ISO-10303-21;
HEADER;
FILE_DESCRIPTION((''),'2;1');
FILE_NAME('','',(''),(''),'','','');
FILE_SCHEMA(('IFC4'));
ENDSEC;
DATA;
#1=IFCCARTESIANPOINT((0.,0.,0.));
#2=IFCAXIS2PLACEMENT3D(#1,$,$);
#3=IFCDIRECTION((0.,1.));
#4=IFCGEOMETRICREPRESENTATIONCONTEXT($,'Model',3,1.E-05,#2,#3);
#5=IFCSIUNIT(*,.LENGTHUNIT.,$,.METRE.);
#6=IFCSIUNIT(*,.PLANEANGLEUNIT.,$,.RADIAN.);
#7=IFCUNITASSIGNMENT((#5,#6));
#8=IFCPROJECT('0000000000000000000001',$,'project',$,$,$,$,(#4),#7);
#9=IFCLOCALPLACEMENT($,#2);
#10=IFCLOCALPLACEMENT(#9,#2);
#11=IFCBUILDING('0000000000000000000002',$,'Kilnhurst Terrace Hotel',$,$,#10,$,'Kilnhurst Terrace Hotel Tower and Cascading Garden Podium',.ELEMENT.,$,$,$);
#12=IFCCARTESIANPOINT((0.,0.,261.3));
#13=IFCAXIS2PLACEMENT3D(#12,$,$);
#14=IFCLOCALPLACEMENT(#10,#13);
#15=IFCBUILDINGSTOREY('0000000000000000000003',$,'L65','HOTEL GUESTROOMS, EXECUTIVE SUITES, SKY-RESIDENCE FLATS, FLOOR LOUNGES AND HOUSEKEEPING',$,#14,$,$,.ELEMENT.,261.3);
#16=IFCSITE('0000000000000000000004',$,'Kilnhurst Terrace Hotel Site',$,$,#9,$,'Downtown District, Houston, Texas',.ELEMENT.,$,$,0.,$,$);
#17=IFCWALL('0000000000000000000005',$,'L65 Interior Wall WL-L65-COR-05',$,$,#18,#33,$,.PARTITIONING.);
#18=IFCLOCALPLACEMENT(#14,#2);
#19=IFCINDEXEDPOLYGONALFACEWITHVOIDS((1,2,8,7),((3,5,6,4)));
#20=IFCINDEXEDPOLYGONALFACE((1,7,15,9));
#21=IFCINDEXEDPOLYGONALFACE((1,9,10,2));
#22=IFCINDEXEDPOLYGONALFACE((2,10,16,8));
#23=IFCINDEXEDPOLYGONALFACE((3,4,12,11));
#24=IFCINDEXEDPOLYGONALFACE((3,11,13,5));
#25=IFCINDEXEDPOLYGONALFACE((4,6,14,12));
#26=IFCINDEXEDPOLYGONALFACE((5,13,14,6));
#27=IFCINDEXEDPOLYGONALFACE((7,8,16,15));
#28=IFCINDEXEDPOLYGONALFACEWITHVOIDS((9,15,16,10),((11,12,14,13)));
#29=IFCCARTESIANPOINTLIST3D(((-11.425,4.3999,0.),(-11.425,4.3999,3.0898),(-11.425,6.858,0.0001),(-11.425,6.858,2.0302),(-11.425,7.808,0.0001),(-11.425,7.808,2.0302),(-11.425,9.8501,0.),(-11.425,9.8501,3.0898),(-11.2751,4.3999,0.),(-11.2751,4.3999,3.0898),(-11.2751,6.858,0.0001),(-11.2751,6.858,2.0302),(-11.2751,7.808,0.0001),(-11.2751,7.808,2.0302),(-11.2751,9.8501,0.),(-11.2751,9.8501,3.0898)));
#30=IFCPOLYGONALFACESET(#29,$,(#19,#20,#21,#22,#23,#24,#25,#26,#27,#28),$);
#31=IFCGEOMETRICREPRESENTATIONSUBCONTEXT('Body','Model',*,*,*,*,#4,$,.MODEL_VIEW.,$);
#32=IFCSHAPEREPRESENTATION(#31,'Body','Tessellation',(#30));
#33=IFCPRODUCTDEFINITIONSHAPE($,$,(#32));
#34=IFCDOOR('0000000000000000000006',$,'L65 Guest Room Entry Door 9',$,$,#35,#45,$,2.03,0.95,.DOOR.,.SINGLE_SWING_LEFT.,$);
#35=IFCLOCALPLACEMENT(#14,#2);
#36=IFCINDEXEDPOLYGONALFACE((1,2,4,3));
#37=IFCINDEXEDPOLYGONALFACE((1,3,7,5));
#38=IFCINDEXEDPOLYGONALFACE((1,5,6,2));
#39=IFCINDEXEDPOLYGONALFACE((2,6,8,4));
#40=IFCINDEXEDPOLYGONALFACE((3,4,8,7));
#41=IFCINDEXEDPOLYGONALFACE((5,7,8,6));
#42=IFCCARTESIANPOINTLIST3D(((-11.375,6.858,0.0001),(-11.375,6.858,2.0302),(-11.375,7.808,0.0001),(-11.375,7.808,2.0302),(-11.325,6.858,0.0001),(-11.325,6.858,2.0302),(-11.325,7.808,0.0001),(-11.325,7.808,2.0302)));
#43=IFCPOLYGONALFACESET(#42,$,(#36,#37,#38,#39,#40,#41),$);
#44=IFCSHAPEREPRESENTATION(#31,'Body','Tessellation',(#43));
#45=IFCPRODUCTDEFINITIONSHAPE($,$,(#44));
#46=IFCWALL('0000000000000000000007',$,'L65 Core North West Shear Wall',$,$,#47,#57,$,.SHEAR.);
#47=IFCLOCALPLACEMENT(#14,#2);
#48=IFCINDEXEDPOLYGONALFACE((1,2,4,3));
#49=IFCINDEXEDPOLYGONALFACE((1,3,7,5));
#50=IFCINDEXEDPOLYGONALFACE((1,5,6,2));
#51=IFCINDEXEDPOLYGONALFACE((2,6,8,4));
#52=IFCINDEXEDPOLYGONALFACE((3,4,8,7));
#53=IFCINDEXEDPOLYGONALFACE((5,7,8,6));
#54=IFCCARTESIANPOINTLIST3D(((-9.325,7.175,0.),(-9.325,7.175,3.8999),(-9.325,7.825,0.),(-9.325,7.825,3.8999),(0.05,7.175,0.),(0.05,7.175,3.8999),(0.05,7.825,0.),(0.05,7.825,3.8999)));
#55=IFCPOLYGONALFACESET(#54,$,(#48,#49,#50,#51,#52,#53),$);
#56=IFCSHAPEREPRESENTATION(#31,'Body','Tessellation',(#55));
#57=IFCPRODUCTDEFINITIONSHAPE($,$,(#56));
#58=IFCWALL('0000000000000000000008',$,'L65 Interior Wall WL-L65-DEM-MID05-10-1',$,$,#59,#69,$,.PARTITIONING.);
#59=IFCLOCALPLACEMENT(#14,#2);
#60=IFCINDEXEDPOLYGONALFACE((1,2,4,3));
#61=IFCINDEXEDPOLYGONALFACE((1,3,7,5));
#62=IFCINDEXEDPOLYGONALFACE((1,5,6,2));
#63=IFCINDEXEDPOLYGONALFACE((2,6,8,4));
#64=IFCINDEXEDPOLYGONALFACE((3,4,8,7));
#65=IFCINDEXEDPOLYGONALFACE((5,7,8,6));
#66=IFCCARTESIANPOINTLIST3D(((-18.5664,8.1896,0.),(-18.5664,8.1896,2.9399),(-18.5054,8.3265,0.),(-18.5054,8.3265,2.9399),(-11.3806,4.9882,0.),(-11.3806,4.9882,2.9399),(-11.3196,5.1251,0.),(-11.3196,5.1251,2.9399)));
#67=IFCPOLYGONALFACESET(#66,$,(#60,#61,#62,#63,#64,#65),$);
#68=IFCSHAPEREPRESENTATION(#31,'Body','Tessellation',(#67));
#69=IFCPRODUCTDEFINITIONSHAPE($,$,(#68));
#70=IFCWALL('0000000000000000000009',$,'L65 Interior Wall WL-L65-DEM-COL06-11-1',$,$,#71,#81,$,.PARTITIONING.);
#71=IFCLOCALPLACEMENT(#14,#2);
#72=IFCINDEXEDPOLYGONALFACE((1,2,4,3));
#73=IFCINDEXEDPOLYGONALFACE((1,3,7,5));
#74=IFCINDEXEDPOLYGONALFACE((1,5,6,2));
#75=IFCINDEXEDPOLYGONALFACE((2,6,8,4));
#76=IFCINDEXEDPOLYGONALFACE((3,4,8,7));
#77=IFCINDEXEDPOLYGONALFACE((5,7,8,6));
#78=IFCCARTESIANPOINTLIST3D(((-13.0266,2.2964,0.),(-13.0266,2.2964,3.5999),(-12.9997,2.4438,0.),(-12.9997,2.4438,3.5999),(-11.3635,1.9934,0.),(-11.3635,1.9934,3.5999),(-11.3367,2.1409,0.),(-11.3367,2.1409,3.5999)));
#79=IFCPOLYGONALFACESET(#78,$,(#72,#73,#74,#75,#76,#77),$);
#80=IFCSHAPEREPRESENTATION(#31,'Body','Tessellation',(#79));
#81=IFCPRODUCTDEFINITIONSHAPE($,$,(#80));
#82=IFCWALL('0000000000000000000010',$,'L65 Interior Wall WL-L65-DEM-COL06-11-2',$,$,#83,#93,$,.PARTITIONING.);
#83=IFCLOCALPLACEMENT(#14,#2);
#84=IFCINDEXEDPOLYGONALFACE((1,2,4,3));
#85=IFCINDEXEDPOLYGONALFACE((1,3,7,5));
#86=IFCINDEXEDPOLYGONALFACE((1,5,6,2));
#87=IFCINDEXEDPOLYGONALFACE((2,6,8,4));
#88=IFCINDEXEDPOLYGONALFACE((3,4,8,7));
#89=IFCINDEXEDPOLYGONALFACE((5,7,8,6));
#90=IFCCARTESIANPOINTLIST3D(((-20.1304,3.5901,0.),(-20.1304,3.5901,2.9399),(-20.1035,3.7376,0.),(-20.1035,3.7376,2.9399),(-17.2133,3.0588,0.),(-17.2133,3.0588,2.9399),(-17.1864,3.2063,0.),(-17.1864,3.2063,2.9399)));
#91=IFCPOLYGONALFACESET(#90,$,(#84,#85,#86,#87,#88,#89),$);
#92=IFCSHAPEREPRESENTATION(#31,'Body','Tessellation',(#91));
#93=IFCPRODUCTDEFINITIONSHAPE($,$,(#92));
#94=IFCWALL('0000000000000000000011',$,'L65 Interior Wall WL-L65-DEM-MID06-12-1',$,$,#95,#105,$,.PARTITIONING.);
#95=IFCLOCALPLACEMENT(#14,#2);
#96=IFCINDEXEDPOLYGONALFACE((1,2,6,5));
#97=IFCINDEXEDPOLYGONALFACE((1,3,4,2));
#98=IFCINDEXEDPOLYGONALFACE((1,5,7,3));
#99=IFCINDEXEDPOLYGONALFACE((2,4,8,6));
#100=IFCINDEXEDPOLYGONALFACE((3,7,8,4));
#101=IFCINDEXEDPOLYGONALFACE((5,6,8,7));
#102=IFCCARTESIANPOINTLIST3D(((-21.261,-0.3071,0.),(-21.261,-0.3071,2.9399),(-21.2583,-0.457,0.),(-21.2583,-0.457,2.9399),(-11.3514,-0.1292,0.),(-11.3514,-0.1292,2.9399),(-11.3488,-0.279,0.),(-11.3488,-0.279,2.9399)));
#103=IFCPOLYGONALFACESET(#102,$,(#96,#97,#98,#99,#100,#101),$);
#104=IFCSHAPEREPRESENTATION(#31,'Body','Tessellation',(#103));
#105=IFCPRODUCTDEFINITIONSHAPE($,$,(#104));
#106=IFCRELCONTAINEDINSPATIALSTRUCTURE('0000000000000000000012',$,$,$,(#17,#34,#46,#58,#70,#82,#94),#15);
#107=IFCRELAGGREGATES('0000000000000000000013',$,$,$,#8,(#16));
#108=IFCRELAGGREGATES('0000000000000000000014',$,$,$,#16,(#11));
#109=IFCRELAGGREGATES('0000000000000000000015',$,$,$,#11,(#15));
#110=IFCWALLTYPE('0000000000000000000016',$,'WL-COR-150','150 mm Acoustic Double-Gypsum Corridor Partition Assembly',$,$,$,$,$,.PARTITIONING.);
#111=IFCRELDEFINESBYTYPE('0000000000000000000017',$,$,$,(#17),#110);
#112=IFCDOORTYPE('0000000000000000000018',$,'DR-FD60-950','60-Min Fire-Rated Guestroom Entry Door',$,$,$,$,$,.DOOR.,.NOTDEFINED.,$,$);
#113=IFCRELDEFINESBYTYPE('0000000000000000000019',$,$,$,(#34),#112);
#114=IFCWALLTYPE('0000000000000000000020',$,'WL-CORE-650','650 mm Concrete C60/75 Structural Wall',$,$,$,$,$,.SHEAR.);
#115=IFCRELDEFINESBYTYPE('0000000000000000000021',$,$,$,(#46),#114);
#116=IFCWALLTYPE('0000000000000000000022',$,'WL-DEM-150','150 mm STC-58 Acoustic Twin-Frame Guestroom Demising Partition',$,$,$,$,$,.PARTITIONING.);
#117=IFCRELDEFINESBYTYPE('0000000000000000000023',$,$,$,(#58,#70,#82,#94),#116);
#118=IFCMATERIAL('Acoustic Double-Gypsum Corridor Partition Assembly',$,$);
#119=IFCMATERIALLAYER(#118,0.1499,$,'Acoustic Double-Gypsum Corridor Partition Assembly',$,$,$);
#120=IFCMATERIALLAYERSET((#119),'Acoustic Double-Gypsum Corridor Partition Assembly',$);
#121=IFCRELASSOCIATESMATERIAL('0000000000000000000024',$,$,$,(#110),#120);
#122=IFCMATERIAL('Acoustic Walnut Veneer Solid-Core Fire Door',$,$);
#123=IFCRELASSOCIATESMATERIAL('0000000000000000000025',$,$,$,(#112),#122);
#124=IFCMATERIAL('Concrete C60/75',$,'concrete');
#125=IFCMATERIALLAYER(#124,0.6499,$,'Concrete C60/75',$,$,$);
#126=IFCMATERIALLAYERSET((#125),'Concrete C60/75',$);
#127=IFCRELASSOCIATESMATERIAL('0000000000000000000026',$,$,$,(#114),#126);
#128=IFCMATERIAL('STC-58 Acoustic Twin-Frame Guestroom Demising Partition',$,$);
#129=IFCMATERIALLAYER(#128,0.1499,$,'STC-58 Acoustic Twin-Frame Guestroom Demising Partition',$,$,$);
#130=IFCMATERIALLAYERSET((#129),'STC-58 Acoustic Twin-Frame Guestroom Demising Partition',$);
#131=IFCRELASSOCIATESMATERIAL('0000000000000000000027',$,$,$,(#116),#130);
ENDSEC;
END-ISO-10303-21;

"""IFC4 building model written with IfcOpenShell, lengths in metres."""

from ifc_helpers import new_model, si_unit, direction, frame, frame_2d, origin, place, context, subcontext, project, spatial, rectangle, extrude, material, layer, layer_set, type_object, element, fill, save


model = new_model("IFC4")

# Units and contexts
model_context = context("Model", 3, precision=1e-05, world=origin(), true_north=direction((0.0, 1.0)))
body_context = subcontext(model_context, "Body", "Model", "MODEL_VIEW")
ifc_project = project(units=[si_unit("LENGTHUNIT", "METRE"), si_unit("PLANEANGLEUNIT", "RADIAN")], contexts=[model_context])

# Site, building, storey
site_placement = place(None, origin())
site = spatial("IfcSite", under=ifc_project, at=site_placement, Name="Kilnhurst Terrace Hotel Site", LongName="Downtown District, Houston, Texas", CompositionType="ELEMENT", RefElevation=0.0)
building_placement = place(site_placement, origin())
building = spatial("IfcBuilding", under=site, at=building_placement, Name="Kilnhurst Terrace Hotel", LongName="Kilnhurst Terrace Hotel Tower and Cascading Garden Podium", CompositionType="ELEMENT")
storey_placement = place(building_placement, frame((0.0, 0.0, 261.3)))
storey = spatial("IfcBuildingStorey", under=building, at=storey_placement, Name="L65", Description="HOTEL GUESTROOMS, EXECUTIVE SUITES, SKY-RESIDENCE FLATS, FLOOR LOUNGES AND HOUSEKEEPING", CompositionType="ELEMENT", Elevation=261.3)

# Shared definitions
ifc_material_1 = material(Name="Concrete C60/75", Category="concrete")

# Shared definitions
ifc_material_2 = material(Name="Acoustic Double-Gypsum Corridor Partition Assembly")
ifc_layer_1 = layer(ifc_material_2, 0.1499, Name="Acoustic Double-Gypsum Corridor Partition Assembly")
ifc_layer_set_1 = layer_set([ifc_layer_1], Name="Acoustic Double-Gypsum Corridor Partition Assembly")
wall_type_1 = type_object("IfcWallType", Name="WL-COR-150", Description="150 mm Acoustic Double-Gypsum Corridor Partition Assembly", PredefinedType="PARTITIONING", material=ifc_layer_set_1)

# Wall, opening, door
wall_1_placement = place(storey_placement, frame((-11.3501, 4.3999, 0.0), z_axis=(0.0, 0.0, 1.0), x_axis=(0.0, 1.0, 0.0)))
wall_1 = element("IfcWall", 1, at=wall_1_placement, inside=storey, type_object=wall_type_1, Name="L65 Interior Wall WL-L65-COR-05", PredefinedType="PARTITIONING", context=body_context, shape_type="SweptSolid", body=[
    extrude(rectangle(XDim=5.4502, YDim=0.1499, at=frame_2d((2.7251, 0.0))), origin(), (0.0, 0.0, 1.0), 3.0898),
])
opening_1_placement = place(wall_1_placement, frame((2.458, 0.0, 0.0)))
opening_1 = element("IfcOpeningElement", 2, at=opening_1_placement, cuts=wall_1, PredefinedType="OPENING", context=body_context, shape_type="SweptSolid", body=[
    extrude(rectangle(XDim=0.95, YDim=2.03, at=frame_2d((0.4751, 1.0151))), frame((0.0, 0.085, 0.0), z_axis=(0.0, -1.0, 0.0), x_axis=(1.0, 0.0, 0.0)), (0.0, 0.0, 1.0), 0.1699),
])
ifc_material_3 = material(Name="Acoustic Walnut Veneer Solid-Core Fire Door")
door_type_1 = type_object("IfcDoorType", Name="DR-FD60-950", Description="60-Min Fire-Rated Guestroom Entry Door", OperationType="NOTDEFINED", PredefinedType="DOOR", material=ifc_material_3)
door_1_placement = place(opening_1_placement, origin())
door_1 = element("IfcDoor", 3, at=door_1_placement, inside=storey, type_object=door_type_1, Name="L65 Guest Room Entry Door 9", OperationType="SINGLE_SWING_LEFT", OverallHeight=2.03, OverallWidth=0.95, PredefinedType="DOOR", context=body_context, shape_type="SweptSolid", body=[
    extrude(rectangle(XDim=0.95, YDim=2.03, at=frame_2d((0.4751, 1.0151))), frame((0.0, 0.0249, 0.0), z_axis=(0.0, -1.0, 0.0), x_axis=(1.0, 0.0, 0.0)), (0.0, 0.0, 1.0), 0.05),
])
fill(opening_1, door_1)

# Walls
ifc_layer_2 = layer(ifc_material_1, 0.6499, Name="Concrete C60/75")
ifc_layer_set_2 = layer_set([ifc_layer_2], Name="Concrete C60/75")
wall_type_2 = type_object("IfcWallType", Name="WL-CORE-650", Description="650 mm Concrete C60/75 Structural Wall", PredefinedType="SHEAR", material=ifc_layer_set_2)
wall_2_placement = place(storey_placement, frame((-9.325, 7.5, 0.0), z_axis=(0.0, 0.0, 1.0), x_axis=(1.0, 0.0, 0.0)))
element("IfcWall", 4, at=wall_2_placement, inside=storey, type_object=wall_type_2, Name="L65 Core North West Shear Wall", PredefinedType="SHEAR", context=body_context, shape_type="SweptSolid", body=[
    extrude(rectangle(XDim=9.375, YDim=0.6499, at=frame_2d((4.6875, 0.0))), origin(), (0.0, 0.0, 1.0), 3.8999),
])
ifc_material_4 = material(Name="STC-58 Acoustic Twin-Frame Guestroom Demising Partition")
ifc_layer_3 = layer(ifc_material_4, 0.1499, Name="STC-58 Acoustic Twin-Frame Guestroom Demising Partition")
ifc_layer_set_3 = layer_set([ifc_layer_3], Name="STC-58 Acoustic Twin-Frame Guestroom Demising Partition")
wall_type_3 = type_object("IfcWallType", Name="WL-DEM-150", Description="150 mm STC-58 Acoustic Twin-Frame Guestroom Demising Partition", PredefinedType="PARTITIONING", material=ifc_layer_set_3)
wall_3_placement = place(storey_placement, frame((-11.3501, 5.0566, 0.0), z_axis=(0.0, 0.0, 1.0), x_axis=(-0.913446, 0.406959, 0.0)))
element("IfcWall", 5, at=wall_3_placement, inside=storey, type_object=wall_type_3, Name="L65 Interior Wall WL-L65-DEM-MID05-10-1", PredefinedType="PARTITIONING", context=body_context, shape_type="SweptSolid", body=[
    extrude(rectangle(XDim=7.8667, YDim=0.1499, at=frame_2d((3.9333, 0.0))), origin(), (0.0, 0.0, 1.0), 2.9399),
])
wall_4_placement = place(storey_placement, frame((-11.3501, 2.0671, 0.0), z_axis=(0.0, 0.0, 1.0), x_axis=(-0.983807, 0.179229, 0.0)))
element("IfcWall", 6, at=wall_4_placement, inside=storey, type_object=wall_type_3, Name="L65 Interior Wall WL-L65-DEM-COL06-11-1", PredefinedType="PARTITIONING", context=body_context, shape_type="SweptSolid", body=[
    extrude(rectangle(XDim=1.6904, YDim=0.1499, at=frame_2d((0.8452, 0.0))), origin(), (0.0, 0.0, 1.0), 3.5999),
])
wall_5_placement = place(storey_placement, frame((-17.2, 3.1326, 0.0), z_axis=(0.0, 0.0, 1.0), x_axis=(-0.983817, 0.179175, 0.0)))
element("IfcWall", 7, at=wall_5_placement, inside=storey, type_object=wall_type_3, Name="L65 Interior Wall WL-L65-DEM-COL06-11-2", PredefinedType="PARTITIONING", context=body_context, shape_type="SweptSolid", body=[
    extrude(rectangle(XDim=2.9651, YDim=0.1499, at=frame_2d((1.4824, 0.0))), origin(), (0.0, 0.0, 1.0), 2.9399),
])
wall_6_placement = place(storey_placement, frame((-11.3501, -0.2041, 0.0), z_axis=(0.0, 0.0, 1.0), x_axis=(-0.999839, -0.017958, 0.0)))
element("IfcWall", 8, at=wall_6_placement, inside=storey, type_object=wall_type_3, Name="L65 Interior Wall WL-L65-DEM-MID06-12-1", PredefinedType="PARTITIONING", context=body_context, shape_type="SweptSolid", body=[
    extrude(rectangle(XDim=9.9111, YDim=0.1499, at=frame_2d((4.9556, 0.0))), origin(), (0.0, 0.0, 1.0), 2.9399),
])

save(model, "model.ifc")
